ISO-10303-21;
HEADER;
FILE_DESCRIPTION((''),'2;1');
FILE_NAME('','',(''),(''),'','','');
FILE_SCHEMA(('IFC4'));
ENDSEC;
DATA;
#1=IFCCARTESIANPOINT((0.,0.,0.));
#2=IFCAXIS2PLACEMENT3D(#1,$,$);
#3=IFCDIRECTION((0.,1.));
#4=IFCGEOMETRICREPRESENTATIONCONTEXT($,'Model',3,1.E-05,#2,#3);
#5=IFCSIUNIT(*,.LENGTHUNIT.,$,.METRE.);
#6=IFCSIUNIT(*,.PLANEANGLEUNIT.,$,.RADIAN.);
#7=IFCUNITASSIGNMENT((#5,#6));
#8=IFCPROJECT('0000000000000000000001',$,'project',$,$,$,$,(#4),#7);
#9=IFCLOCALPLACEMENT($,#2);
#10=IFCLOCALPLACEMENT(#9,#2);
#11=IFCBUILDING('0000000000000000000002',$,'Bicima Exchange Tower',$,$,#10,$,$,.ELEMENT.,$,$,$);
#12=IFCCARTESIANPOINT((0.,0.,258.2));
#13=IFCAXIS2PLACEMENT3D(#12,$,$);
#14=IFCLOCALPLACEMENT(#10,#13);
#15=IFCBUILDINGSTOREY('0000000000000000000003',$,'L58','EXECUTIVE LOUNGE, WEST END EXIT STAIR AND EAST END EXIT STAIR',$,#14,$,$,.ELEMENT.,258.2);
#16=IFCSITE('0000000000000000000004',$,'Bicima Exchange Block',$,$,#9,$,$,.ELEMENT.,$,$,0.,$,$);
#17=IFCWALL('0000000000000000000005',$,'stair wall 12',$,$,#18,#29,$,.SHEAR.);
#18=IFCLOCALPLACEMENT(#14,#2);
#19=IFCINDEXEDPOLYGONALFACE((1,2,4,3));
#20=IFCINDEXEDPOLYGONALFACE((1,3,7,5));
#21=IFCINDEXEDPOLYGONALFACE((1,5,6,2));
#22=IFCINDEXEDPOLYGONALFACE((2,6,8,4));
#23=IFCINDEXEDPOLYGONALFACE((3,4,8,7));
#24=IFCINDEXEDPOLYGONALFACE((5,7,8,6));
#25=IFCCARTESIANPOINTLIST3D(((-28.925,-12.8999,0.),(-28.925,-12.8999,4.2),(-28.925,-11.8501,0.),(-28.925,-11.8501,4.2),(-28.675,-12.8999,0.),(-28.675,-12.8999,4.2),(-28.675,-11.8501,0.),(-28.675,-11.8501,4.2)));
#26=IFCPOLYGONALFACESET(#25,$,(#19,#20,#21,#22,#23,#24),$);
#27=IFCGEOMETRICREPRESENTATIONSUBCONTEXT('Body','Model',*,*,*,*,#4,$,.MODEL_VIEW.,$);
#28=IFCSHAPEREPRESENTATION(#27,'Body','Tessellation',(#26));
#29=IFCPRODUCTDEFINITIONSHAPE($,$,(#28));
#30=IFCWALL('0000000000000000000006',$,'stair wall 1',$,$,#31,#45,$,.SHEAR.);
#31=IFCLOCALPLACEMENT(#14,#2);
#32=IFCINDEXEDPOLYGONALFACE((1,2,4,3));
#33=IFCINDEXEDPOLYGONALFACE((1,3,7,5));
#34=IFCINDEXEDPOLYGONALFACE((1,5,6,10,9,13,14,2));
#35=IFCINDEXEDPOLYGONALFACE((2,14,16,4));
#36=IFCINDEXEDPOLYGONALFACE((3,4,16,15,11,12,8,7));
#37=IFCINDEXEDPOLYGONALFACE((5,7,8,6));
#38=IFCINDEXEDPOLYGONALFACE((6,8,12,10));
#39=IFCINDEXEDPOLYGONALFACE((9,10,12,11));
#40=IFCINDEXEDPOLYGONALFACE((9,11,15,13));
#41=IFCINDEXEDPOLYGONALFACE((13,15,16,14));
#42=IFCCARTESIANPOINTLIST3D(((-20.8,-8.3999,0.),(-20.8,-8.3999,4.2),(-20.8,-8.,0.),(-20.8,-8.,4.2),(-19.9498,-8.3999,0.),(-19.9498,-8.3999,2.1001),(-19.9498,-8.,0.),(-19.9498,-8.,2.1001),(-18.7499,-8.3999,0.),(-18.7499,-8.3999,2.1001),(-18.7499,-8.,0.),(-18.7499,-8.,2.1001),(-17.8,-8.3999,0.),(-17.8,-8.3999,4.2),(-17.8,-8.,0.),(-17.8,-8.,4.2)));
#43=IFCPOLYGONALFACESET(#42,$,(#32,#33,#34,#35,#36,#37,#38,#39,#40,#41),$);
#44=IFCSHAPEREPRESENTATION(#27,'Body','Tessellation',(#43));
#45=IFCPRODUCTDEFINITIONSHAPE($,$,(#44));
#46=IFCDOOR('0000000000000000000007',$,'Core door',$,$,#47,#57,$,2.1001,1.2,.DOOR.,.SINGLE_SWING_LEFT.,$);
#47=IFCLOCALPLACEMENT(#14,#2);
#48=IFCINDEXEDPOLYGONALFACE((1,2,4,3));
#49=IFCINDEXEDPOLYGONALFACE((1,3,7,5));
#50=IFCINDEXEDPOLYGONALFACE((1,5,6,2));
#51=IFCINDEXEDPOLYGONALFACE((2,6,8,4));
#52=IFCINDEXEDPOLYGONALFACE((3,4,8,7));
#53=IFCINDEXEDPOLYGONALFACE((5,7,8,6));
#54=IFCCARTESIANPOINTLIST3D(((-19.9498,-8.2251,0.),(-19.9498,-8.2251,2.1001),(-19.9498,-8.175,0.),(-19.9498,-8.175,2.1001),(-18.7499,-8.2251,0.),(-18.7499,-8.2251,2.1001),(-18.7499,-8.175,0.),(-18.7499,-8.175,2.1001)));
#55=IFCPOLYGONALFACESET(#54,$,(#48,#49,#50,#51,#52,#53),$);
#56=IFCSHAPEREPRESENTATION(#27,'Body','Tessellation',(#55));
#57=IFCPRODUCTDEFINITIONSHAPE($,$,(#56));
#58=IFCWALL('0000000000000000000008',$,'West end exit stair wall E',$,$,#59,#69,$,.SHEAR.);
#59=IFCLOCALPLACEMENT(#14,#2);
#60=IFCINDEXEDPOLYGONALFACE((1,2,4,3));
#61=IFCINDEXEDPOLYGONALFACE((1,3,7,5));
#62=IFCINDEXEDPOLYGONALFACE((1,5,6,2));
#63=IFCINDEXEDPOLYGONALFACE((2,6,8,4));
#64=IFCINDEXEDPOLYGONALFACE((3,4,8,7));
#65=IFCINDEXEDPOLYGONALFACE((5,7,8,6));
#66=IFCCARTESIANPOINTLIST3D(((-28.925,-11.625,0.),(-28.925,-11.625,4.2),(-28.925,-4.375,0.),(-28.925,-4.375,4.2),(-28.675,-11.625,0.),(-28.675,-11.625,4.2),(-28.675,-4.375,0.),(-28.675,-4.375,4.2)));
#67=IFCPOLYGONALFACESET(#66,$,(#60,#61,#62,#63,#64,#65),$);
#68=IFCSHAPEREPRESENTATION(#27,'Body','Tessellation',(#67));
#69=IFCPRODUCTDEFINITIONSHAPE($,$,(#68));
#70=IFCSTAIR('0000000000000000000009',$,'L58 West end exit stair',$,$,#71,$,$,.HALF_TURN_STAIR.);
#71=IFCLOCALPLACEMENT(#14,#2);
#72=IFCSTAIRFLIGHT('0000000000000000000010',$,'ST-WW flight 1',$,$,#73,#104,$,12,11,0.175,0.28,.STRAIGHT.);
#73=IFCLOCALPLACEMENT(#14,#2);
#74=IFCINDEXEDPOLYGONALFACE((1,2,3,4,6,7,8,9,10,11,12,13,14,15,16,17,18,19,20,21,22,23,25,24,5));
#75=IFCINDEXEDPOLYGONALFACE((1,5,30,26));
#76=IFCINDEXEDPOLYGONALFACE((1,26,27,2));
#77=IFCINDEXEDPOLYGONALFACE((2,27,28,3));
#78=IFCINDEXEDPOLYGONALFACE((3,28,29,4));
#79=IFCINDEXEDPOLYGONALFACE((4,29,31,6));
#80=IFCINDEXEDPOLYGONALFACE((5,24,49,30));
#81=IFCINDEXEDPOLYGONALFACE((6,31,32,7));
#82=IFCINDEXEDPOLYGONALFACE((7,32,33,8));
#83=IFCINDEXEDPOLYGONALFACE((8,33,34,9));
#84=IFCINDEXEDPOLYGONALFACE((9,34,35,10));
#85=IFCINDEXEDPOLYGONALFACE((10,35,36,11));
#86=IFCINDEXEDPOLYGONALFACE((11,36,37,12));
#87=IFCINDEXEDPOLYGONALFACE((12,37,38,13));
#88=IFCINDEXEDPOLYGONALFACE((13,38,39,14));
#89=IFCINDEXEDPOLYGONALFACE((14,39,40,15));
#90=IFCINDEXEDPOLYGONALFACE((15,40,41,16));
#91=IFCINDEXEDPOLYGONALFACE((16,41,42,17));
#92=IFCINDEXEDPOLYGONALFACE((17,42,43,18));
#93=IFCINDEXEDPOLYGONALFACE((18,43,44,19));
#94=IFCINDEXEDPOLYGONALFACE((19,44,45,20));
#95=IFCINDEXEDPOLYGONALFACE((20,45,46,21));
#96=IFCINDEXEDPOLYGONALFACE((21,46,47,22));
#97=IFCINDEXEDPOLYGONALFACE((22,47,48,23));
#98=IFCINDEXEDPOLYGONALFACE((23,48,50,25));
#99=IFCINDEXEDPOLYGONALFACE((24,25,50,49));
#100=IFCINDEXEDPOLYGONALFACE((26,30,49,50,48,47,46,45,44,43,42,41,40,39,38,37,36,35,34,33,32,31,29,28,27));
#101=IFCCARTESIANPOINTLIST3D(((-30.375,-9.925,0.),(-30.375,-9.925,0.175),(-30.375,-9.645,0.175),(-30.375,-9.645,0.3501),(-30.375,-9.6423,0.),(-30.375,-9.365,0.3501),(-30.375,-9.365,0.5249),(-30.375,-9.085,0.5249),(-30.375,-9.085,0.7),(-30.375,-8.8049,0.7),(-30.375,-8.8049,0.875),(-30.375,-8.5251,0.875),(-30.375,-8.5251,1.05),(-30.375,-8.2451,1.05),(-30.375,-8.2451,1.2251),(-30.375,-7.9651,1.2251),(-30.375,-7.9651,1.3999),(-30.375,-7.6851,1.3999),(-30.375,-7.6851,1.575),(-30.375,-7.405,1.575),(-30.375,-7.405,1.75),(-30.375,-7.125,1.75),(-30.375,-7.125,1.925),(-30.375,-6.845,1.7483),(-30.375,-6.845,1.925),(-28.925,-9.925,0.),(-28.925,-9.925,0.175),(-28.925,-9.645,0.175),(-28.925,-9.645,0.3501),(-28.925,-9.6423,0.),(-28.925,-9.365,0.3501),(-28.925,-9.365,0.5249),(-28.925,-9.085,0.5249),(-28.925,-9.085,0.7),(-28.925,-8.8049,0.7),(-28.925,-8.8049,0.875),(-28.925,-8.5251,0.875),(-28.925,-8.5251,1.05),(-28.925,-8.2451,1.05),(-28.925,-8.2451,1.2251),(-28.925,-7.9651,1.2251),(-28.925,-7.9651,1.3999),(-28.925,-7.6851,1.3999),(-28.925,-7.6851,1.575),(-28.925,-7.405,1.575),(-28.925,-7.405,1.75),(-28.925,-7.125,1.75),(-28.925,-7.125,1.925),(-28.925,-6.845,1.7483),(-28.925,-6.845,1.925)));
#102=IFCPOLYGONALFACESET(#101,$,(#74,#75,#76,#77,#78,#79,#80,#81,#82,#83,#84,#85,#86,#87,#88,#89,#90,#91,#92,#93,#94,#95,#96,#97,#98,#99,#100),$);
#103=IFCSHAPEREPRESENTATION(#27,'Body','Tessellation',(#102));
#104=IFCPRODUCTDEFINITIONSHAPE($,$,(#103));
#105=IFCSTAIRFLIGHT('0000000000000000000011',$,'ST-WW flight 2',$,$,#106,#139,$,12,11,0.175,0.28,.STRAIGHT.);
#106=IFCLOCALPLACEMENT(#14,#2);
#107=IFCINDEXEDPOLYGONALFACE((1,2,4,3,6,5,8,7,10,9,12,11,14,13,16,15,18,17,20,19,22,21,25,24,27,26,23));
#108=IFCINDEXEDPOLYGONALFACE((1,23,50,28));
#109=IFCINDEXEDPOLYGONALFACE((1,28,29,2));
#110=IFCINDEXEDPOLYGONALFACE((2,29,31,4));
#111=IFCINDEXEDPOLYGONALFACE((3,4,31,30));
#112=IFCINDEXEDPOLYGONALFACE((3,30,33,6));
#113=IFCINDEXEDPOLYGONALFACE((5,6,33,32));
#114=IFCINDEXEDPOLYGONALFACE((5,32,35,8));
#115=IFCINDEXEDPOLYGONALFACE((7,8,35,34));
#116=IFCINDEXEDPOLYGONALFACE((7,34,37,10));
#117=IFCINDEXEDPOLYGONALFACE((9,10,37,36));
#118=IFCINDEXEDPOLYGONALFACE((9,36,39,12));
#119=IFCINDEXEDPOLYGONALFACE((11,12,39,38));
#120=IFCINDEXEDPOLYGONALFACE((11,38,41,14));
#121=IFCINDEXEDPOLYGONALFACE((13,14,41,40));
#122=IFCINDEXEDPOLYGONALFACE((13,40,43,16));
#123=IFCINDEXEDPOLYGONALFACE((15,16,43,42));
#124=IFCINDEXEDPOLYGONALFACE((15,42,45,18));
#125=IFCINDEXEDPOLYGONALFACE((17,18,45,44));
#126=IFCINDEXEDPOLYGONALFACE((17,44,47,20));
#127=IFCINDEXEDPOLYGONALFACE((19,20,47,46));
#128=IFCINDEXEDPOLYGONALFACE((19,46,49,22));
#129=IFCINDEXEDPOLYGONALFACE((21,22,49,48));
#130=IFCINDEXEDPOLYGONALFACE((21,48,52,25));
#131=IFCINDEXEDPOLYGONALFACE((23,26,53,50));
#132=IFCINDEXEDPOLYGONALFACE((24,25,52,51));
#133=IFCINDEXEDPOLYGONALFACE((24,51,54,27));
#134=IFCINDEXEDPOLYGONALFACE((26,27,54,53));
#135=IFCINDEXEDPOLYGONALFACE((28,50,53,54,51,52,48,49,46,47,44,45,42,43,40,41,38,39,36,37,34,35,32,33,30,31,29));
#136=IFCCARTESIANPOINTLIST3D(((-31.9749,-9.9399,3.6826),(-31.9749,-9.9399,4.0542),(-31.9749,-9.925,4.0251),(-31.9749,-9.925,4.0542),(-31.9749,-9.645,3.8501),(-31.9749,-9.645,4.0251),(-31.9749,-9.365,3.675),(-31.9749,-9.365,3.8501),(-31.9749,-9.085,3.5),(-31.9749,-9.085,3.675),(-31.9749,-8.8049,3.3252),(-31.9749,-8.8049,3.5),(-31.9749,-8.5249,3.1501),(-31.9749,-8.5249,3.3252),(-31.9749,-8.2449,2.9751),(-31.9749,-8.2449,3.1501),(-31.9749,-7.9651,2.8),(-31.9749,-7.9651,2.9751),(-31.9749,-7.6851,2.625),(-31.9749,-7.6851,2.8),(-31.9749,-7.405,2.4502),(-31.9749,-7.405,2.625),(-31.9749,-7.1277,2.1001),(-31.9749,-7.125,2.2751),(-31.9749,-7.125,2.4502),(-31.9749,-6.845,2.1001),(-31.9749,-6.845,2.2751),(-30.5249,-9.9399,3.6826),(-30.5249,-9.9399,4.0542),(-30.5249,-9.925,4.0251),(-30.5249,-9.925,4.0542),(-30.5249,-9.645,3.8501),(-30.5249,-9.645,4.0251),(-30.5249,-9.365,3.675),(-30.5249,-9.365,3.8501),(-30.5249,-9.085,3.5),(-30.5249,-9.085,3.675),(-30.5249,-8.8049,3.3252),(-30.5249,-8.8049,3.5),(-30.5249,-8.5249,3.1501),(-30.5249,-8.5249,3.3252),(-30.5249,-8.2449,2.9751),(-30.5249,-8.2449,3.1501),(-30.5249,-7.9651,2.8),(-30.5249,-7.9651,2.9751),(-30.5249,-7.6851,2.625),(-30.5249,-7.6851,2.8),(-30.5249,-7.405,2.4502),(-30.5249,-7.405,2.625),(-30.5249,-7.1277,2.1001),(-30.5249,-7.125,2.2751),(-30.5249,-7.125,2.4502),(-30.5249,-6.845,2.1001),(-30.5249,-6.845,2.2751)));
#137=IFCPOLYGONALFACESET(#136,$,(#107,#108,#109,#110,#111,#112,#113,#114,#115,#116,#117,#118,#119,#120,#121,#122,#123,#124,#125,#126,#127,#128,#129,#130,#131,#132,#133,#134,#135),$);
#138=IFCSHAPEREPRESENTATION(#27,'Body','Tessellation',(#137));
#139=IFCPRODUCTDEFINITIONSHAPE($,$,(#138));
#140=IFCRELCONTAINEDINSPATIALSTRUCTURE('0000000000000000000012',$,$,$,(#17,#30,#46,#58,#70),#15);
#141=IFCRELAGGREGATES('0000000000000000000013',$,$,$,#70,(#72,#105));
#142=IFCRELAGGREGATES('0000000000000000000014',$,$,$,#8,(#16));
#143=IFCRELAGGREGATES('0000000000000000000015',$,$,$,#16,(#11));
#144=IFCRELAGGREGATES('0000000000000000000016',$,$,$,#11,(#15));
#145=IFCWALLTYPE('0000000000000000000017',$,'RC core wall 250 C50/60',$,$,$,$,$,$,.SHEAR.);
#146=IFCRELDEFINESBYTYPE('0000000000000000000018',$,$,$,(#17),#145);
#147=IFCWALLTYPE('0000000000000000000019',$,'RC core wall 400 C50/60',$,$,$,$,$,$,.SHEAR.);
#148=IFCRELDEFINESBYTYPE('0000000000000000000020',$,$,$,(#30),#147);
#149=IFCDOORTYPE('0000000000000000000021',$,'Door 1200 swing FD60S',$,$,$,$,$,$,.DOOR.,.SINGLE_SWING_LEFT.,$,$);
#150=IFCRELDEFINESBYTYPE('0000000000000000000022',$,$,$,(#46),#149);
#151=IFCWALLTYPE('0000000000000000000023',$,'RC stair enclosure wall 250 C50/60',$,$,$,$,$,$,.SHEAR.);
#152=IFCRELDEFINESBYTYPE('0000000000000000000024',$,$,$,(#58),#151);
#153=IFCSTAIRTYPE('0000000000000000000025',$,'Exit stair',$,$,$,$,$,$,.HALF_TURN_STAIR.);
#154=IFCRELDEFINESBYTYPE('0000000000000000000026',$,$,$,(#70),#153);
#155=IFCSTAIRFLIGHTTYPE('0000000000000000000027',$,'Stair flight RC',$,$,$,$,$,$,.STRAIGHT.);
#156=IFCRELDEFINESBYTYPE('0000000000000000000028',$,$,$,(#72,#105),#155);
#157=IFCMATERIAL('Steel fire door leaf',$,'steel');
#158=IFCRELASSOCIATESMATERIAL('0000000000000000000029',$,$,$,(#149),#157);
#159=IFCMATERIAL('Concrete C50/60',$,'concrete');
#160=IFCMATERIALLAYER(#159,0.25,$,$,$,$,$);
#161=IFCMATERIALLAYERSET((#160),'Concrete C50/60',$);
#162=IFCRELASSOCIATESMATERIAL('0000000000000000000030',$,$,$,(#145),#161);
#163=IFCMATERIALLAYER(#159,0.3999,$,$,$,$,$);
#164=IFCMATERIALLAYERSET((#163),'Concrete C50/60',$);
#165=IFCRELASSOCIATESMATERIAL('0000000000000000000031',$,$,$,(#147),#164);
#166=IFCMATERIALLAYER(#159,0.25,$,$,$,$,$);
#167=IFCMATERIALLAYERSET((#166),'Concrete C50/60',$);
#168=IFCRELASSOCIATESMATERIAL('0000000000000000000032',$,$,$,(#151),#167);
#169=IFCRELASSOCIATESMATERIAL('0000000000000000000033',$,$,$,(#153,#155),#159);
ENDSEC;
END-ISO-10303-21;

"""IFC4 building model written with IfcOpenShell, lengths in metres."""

from ifc_helpers import new_model, si_unit, direction, frame, frame_2d, origin, place, context, subcontext, project, spatial, polyline, rectangle, outline, extrude, material, layer, layer_set, type_object, element, fill, aggregate, save


model = new_model("IFC4")

# Units and contexts
model_context = context("Model", 3, precision=1e-05, world=origin(), true_north=direction((0.0, 1.0)))
body_context = subcontext(model_context, "Body", "Model", "MODEL_VIEW")
ifc_project = project(units=[si_unit("LENGTHUNIT", "METRE"), si_unit("PLANEANGLEUNIT", "RADIAN")], contexts=[model_context])

# Site, building, storey
site_placement = place(None, origin())
site = spatial("IfcSite", under=ifc_project, at=site_placement, Name="Bicima Exchange Block", CompositionType="ELEMENT", RefElevation=0.0)
building_placement = place(site_placement, origin())
building = spatial("IfcBuilding", under=site, at=building_placement, Name="Bicima Exchange Tower", CompositionType="ELEMENT")
storey_placement = place(building_placement, frame((0.0, 0.0, 258.2)))
storey = spatial("IfcBuildingStorey", under=building, at=storey_placement, Name="L58", Description="EXECUTIVE LOUNGE, WEST END EXIT STAIR AND EAST END EXIT STAIR", CompositionType="ELEMENT", Elevation=258.2)

# Shared definitions
ifc_material_1 = material(Name="Steel fire door leaf", Category="steel")
door_type_1 = type_object("IfcDoorType", Name="Door 1200 swing FD60S", OperationType="SINGLE_SWING_LEFT", PredefinedType="DOOR", material=ifc_material_1)

# Wall
ifc_material_2 = material(Name="Concrete C50/60", Category="concrete")
ifc_layer_1 = layer(ifc_material_2, 0.25)
ifc_layer_set_1 = layer_set([ifc_layer_1], Name="Concrete C50/60")
wall_type_1 = type_object("IfcWallType", Name="RC core wall 250 C50/60", PredefinedType="SHEAR", material=ifc_layer_set_1)
wall_1_placement = place(storey_placement, frame((-28.8, -12.8999, 0.0), z_axis=(0.0, 0.0, 1.0), x_axis=(0.0, 1.0, 0.0)))
element("IfcWall", 1, at=wall_1_placement, inside=storey, type_object=wall_type_1, Name="stair wall 12", PredefinedType="SHEAR", context=body_context, shape_type="SweptSolid", body=[
    extrude(rectangle(XDim=1.0498, YDim=0.25, at=frame_2d((0.5249, 0.0))), origin(), (0.0, 0.0, 1.0), 4.2),
])

# Wall, opening, door
ifc_layer_2 = layer(ifc_material_2, 0.3999)
ifc_layer_set_2 = layer_set([ifc_layer_2], Name="Concrete C50/60")
wall_type_2 = type_object("IfcWallType", Name="RC core wall 400 C50/60", PredefinedType="SHEAR", material=ifc_layer_set_2)
wall_2_placement = place(storey_placement, frame((-20.8, -8.2, 0.0), z_axis=(0.0, 0.0, 1.0), x_axis=(1.0, 0.0, 0.0)))
wall_2 = element("IfcWall", 2, at=wall_2_placement, inside=storey, type_object=wall_type_2, Name="stair wall 1", PredefinedType="SHEAR", context=body_context, shape_type="SweptSolid", body=[
    extrude(rectangle(XDim=3.0, YDim=0.3999, at=frame_2d((1.5, 0.0))), origin(), (0.0, 0.0, 1.0), 4.2),
])
opening_1_placement = place(wall_2_placement, frame((0.8501, 0.0, 0.0)))
opening_1 = element("IfcOpeningElement", 3, at=opening_1_placement, cuts=wall_2, PredefinedType="OPENING", context=body_context, shape_type="SweptSolid", body=[
    extrude(rectangle(XDim=1.2, YDim=2.1001, at=frame_2d((0.6001, 1.05))), frame((0.0, 0.2119, 0.0), z_axis=(0.0, -1.0, 0.0), x_axis=(1.0, 0.0, 0.0)), (0.0, 0.0, 1.0), 0.4238),
])
door_1_placement = place(opening_1_placement, origin())
door_1 = element("IfcDoor", 4, at=door_1_placement, inside=storey, type_object=door_type_1, Name="Core door", OperationType="SINGLE_SWING_LEFT", OverallHeight=2.1001, OverallWidth=1.2, PredefinedType="DOOR", context=body_context, shape_type="SweptSolid", body=[
    extrude(rectangle(XDim=1.2, YDim=2.1001, at=frame_2d((0.6001, 1.05))), frame((0.0, 0.0249, 0.0), z_axis=(0.0, -1.0, 0.0), x_axis=(1.0, 0.0, 0.0)), (0.0, 0.0, 1.0), 0.05),
])
fill(opening_1, door_1)

# Wall
ifc_layer_3 = layer(ifc_material_2, 0.25)
ifc_layer_set_3 = layer_set([ifc_layer_3], Name="Concrete C50/60")
wall_type_3 = type_object("IfcWallType", Name="RC stair enclosure wall 250 C50/60", PredefinedType="SHEAR", material=ifc_layer_set_3)
wall_3_placement = place(storey_placement, frame((-28.8, -11.625, 0.0), z_axis=(0.0, 0.0, 1.0), x_axis=(0.0, 1.0, 0.0)))
element("IfcWall", 5, at=wall_3_placement, inside=storey, type_object=wall_type_3, Name="West end exit stair wall E", PredefinedType="SHEAR", context=body_context, shape_type="SweptSolid", body=[
    extrude(rectangle(XDim=7.25, YDim=0.25, at=frame_2d((3.625, 0.0))), origin(), (0.0, 0.0, 1.0), 4.2),
])

# Stair, stair flights
stair_type = type_object("IfcStairType", Name="Exit stair", PredefinedType="HALF_TURN_STAIR", material=ifc_material_2)
stair_placement = place(storey_placement, origin())
stair = element("IfcStair", 6, at=stair_placement, inside=storey, type_object=stair_type, Name="L58 West end exit stair", PredefinedType="HALF_TURN_STAIR")
stair_flight_type = type_object("IfcStairFlightType", Name="Stair flight RC", PredefinedType="STRAIGHT", material=ifc_material_2)
stair_flight_1_placement = place(storey_placement, frame((-29.6499, -9.925, 0.0), z_axis=(0.0, 0.0, 1.0), x_axis=(0.0, 1.0, 0.0)))
stair_flight_1 = element("IfcStairFlight", 7, at=stair_flight_1_placement, type_object=stair_flight_type, Name="ST-WW flight 1", NumberOfRisers=12, NumberOfTreads=11, PredefinedType="STRAIGHT", RiserHeight=0.175, TreadLength=0.28, context=body_context, shape_type="SweptSolid", body=[
    extrude(outline(polyline([(0.0, 0.0), (0.0, 0.175), (0.28, 0.175), (0.28, 0.3501), (0.5601, 0.3501), (0.5601, 0.5249), (0.8401, 0.5249), (0.8401, 0.7), (1.1201, 0.7), (1.1201, 0.875), (1.3999, 0.875), (1.3999, 1.05), (1.6799, 1.05), (1.6799, 1.2251), (1.96, 1.2251), (1.96, 1.3999), (2.24, 1.3999), (2.24, 1.575), (2.52, 1.575), (2.52, 1.75), (2.8, 1.75), (2.8, 1.925), (3.0801, 1.925), (3.0801, 2.1001), (3.0801, 1.7483), (0.2827, 0.0), (0.0, 0.0)])), frame((0.0, 0.7251, 0.0), z_axis=(0.0, -1.0, 0.0), x_axis=(1.0, 0.0, 0.0)), (0.0, 0.0, 1.0), 1.45),
])
stair_flight_2_placement = place(storey_placement, frame((-31.25, -6.845, 2.1001), z_axis=(0.0, 0.0, 1.0), x_axis=(0.0, -1.0, 0.0)))
stair_flight_2 = element("IfcStairFlight", 8, at=stair_flight_2_placement, type_object=stair_flight_type, Name="ST-WW flight 2", NumberOfRisers=12, NumberOfTreads=11, PredefinedType="STRAIGHT", RiserHeight=0.175, TreadLength=0.28, context=body_context, shape_type="SweptSolid", body=[
    extrude(outline(polyline([(0.0, 0.0), (0.0, 0.175), (0.28, 0.175), (0.28, 0.3501), (0.5601, 0.3501), (0.5601, 0.5249), (0.8401, 0.5249), (0.8401, 0.7), (1.1201, 0.7), (1.1201, 0.875), (1.3999, 0.875), (1.3999, 1.05), (1.6799, 1.05), (1.6799, 1.2251), (1.96, 1.2251), (1.96, 1.3999), (2.24, 1.3999), (2.24, 1.575), (2.52, 1.575), (2.52, 1.75), (2.8, 1.75), (2.8, 1.925), (3.0801, 1.925), (3.0801, 1.9541), (3.095, 1.9541), (3.095, 1.5825), (0.2827, 0.0), (0.0, 0.0)])), frame((0.0, 0.7251, 0.0), z_axis=(0.0, -1.0, 0.0), x_axis=(1.0, 0.0, 0.0)), (0.0, 0.0, 1.0), 1.45),
])
aggregate(stair, [stair_flight_1, stair_flight_2])

save(model, "model.ifc")
